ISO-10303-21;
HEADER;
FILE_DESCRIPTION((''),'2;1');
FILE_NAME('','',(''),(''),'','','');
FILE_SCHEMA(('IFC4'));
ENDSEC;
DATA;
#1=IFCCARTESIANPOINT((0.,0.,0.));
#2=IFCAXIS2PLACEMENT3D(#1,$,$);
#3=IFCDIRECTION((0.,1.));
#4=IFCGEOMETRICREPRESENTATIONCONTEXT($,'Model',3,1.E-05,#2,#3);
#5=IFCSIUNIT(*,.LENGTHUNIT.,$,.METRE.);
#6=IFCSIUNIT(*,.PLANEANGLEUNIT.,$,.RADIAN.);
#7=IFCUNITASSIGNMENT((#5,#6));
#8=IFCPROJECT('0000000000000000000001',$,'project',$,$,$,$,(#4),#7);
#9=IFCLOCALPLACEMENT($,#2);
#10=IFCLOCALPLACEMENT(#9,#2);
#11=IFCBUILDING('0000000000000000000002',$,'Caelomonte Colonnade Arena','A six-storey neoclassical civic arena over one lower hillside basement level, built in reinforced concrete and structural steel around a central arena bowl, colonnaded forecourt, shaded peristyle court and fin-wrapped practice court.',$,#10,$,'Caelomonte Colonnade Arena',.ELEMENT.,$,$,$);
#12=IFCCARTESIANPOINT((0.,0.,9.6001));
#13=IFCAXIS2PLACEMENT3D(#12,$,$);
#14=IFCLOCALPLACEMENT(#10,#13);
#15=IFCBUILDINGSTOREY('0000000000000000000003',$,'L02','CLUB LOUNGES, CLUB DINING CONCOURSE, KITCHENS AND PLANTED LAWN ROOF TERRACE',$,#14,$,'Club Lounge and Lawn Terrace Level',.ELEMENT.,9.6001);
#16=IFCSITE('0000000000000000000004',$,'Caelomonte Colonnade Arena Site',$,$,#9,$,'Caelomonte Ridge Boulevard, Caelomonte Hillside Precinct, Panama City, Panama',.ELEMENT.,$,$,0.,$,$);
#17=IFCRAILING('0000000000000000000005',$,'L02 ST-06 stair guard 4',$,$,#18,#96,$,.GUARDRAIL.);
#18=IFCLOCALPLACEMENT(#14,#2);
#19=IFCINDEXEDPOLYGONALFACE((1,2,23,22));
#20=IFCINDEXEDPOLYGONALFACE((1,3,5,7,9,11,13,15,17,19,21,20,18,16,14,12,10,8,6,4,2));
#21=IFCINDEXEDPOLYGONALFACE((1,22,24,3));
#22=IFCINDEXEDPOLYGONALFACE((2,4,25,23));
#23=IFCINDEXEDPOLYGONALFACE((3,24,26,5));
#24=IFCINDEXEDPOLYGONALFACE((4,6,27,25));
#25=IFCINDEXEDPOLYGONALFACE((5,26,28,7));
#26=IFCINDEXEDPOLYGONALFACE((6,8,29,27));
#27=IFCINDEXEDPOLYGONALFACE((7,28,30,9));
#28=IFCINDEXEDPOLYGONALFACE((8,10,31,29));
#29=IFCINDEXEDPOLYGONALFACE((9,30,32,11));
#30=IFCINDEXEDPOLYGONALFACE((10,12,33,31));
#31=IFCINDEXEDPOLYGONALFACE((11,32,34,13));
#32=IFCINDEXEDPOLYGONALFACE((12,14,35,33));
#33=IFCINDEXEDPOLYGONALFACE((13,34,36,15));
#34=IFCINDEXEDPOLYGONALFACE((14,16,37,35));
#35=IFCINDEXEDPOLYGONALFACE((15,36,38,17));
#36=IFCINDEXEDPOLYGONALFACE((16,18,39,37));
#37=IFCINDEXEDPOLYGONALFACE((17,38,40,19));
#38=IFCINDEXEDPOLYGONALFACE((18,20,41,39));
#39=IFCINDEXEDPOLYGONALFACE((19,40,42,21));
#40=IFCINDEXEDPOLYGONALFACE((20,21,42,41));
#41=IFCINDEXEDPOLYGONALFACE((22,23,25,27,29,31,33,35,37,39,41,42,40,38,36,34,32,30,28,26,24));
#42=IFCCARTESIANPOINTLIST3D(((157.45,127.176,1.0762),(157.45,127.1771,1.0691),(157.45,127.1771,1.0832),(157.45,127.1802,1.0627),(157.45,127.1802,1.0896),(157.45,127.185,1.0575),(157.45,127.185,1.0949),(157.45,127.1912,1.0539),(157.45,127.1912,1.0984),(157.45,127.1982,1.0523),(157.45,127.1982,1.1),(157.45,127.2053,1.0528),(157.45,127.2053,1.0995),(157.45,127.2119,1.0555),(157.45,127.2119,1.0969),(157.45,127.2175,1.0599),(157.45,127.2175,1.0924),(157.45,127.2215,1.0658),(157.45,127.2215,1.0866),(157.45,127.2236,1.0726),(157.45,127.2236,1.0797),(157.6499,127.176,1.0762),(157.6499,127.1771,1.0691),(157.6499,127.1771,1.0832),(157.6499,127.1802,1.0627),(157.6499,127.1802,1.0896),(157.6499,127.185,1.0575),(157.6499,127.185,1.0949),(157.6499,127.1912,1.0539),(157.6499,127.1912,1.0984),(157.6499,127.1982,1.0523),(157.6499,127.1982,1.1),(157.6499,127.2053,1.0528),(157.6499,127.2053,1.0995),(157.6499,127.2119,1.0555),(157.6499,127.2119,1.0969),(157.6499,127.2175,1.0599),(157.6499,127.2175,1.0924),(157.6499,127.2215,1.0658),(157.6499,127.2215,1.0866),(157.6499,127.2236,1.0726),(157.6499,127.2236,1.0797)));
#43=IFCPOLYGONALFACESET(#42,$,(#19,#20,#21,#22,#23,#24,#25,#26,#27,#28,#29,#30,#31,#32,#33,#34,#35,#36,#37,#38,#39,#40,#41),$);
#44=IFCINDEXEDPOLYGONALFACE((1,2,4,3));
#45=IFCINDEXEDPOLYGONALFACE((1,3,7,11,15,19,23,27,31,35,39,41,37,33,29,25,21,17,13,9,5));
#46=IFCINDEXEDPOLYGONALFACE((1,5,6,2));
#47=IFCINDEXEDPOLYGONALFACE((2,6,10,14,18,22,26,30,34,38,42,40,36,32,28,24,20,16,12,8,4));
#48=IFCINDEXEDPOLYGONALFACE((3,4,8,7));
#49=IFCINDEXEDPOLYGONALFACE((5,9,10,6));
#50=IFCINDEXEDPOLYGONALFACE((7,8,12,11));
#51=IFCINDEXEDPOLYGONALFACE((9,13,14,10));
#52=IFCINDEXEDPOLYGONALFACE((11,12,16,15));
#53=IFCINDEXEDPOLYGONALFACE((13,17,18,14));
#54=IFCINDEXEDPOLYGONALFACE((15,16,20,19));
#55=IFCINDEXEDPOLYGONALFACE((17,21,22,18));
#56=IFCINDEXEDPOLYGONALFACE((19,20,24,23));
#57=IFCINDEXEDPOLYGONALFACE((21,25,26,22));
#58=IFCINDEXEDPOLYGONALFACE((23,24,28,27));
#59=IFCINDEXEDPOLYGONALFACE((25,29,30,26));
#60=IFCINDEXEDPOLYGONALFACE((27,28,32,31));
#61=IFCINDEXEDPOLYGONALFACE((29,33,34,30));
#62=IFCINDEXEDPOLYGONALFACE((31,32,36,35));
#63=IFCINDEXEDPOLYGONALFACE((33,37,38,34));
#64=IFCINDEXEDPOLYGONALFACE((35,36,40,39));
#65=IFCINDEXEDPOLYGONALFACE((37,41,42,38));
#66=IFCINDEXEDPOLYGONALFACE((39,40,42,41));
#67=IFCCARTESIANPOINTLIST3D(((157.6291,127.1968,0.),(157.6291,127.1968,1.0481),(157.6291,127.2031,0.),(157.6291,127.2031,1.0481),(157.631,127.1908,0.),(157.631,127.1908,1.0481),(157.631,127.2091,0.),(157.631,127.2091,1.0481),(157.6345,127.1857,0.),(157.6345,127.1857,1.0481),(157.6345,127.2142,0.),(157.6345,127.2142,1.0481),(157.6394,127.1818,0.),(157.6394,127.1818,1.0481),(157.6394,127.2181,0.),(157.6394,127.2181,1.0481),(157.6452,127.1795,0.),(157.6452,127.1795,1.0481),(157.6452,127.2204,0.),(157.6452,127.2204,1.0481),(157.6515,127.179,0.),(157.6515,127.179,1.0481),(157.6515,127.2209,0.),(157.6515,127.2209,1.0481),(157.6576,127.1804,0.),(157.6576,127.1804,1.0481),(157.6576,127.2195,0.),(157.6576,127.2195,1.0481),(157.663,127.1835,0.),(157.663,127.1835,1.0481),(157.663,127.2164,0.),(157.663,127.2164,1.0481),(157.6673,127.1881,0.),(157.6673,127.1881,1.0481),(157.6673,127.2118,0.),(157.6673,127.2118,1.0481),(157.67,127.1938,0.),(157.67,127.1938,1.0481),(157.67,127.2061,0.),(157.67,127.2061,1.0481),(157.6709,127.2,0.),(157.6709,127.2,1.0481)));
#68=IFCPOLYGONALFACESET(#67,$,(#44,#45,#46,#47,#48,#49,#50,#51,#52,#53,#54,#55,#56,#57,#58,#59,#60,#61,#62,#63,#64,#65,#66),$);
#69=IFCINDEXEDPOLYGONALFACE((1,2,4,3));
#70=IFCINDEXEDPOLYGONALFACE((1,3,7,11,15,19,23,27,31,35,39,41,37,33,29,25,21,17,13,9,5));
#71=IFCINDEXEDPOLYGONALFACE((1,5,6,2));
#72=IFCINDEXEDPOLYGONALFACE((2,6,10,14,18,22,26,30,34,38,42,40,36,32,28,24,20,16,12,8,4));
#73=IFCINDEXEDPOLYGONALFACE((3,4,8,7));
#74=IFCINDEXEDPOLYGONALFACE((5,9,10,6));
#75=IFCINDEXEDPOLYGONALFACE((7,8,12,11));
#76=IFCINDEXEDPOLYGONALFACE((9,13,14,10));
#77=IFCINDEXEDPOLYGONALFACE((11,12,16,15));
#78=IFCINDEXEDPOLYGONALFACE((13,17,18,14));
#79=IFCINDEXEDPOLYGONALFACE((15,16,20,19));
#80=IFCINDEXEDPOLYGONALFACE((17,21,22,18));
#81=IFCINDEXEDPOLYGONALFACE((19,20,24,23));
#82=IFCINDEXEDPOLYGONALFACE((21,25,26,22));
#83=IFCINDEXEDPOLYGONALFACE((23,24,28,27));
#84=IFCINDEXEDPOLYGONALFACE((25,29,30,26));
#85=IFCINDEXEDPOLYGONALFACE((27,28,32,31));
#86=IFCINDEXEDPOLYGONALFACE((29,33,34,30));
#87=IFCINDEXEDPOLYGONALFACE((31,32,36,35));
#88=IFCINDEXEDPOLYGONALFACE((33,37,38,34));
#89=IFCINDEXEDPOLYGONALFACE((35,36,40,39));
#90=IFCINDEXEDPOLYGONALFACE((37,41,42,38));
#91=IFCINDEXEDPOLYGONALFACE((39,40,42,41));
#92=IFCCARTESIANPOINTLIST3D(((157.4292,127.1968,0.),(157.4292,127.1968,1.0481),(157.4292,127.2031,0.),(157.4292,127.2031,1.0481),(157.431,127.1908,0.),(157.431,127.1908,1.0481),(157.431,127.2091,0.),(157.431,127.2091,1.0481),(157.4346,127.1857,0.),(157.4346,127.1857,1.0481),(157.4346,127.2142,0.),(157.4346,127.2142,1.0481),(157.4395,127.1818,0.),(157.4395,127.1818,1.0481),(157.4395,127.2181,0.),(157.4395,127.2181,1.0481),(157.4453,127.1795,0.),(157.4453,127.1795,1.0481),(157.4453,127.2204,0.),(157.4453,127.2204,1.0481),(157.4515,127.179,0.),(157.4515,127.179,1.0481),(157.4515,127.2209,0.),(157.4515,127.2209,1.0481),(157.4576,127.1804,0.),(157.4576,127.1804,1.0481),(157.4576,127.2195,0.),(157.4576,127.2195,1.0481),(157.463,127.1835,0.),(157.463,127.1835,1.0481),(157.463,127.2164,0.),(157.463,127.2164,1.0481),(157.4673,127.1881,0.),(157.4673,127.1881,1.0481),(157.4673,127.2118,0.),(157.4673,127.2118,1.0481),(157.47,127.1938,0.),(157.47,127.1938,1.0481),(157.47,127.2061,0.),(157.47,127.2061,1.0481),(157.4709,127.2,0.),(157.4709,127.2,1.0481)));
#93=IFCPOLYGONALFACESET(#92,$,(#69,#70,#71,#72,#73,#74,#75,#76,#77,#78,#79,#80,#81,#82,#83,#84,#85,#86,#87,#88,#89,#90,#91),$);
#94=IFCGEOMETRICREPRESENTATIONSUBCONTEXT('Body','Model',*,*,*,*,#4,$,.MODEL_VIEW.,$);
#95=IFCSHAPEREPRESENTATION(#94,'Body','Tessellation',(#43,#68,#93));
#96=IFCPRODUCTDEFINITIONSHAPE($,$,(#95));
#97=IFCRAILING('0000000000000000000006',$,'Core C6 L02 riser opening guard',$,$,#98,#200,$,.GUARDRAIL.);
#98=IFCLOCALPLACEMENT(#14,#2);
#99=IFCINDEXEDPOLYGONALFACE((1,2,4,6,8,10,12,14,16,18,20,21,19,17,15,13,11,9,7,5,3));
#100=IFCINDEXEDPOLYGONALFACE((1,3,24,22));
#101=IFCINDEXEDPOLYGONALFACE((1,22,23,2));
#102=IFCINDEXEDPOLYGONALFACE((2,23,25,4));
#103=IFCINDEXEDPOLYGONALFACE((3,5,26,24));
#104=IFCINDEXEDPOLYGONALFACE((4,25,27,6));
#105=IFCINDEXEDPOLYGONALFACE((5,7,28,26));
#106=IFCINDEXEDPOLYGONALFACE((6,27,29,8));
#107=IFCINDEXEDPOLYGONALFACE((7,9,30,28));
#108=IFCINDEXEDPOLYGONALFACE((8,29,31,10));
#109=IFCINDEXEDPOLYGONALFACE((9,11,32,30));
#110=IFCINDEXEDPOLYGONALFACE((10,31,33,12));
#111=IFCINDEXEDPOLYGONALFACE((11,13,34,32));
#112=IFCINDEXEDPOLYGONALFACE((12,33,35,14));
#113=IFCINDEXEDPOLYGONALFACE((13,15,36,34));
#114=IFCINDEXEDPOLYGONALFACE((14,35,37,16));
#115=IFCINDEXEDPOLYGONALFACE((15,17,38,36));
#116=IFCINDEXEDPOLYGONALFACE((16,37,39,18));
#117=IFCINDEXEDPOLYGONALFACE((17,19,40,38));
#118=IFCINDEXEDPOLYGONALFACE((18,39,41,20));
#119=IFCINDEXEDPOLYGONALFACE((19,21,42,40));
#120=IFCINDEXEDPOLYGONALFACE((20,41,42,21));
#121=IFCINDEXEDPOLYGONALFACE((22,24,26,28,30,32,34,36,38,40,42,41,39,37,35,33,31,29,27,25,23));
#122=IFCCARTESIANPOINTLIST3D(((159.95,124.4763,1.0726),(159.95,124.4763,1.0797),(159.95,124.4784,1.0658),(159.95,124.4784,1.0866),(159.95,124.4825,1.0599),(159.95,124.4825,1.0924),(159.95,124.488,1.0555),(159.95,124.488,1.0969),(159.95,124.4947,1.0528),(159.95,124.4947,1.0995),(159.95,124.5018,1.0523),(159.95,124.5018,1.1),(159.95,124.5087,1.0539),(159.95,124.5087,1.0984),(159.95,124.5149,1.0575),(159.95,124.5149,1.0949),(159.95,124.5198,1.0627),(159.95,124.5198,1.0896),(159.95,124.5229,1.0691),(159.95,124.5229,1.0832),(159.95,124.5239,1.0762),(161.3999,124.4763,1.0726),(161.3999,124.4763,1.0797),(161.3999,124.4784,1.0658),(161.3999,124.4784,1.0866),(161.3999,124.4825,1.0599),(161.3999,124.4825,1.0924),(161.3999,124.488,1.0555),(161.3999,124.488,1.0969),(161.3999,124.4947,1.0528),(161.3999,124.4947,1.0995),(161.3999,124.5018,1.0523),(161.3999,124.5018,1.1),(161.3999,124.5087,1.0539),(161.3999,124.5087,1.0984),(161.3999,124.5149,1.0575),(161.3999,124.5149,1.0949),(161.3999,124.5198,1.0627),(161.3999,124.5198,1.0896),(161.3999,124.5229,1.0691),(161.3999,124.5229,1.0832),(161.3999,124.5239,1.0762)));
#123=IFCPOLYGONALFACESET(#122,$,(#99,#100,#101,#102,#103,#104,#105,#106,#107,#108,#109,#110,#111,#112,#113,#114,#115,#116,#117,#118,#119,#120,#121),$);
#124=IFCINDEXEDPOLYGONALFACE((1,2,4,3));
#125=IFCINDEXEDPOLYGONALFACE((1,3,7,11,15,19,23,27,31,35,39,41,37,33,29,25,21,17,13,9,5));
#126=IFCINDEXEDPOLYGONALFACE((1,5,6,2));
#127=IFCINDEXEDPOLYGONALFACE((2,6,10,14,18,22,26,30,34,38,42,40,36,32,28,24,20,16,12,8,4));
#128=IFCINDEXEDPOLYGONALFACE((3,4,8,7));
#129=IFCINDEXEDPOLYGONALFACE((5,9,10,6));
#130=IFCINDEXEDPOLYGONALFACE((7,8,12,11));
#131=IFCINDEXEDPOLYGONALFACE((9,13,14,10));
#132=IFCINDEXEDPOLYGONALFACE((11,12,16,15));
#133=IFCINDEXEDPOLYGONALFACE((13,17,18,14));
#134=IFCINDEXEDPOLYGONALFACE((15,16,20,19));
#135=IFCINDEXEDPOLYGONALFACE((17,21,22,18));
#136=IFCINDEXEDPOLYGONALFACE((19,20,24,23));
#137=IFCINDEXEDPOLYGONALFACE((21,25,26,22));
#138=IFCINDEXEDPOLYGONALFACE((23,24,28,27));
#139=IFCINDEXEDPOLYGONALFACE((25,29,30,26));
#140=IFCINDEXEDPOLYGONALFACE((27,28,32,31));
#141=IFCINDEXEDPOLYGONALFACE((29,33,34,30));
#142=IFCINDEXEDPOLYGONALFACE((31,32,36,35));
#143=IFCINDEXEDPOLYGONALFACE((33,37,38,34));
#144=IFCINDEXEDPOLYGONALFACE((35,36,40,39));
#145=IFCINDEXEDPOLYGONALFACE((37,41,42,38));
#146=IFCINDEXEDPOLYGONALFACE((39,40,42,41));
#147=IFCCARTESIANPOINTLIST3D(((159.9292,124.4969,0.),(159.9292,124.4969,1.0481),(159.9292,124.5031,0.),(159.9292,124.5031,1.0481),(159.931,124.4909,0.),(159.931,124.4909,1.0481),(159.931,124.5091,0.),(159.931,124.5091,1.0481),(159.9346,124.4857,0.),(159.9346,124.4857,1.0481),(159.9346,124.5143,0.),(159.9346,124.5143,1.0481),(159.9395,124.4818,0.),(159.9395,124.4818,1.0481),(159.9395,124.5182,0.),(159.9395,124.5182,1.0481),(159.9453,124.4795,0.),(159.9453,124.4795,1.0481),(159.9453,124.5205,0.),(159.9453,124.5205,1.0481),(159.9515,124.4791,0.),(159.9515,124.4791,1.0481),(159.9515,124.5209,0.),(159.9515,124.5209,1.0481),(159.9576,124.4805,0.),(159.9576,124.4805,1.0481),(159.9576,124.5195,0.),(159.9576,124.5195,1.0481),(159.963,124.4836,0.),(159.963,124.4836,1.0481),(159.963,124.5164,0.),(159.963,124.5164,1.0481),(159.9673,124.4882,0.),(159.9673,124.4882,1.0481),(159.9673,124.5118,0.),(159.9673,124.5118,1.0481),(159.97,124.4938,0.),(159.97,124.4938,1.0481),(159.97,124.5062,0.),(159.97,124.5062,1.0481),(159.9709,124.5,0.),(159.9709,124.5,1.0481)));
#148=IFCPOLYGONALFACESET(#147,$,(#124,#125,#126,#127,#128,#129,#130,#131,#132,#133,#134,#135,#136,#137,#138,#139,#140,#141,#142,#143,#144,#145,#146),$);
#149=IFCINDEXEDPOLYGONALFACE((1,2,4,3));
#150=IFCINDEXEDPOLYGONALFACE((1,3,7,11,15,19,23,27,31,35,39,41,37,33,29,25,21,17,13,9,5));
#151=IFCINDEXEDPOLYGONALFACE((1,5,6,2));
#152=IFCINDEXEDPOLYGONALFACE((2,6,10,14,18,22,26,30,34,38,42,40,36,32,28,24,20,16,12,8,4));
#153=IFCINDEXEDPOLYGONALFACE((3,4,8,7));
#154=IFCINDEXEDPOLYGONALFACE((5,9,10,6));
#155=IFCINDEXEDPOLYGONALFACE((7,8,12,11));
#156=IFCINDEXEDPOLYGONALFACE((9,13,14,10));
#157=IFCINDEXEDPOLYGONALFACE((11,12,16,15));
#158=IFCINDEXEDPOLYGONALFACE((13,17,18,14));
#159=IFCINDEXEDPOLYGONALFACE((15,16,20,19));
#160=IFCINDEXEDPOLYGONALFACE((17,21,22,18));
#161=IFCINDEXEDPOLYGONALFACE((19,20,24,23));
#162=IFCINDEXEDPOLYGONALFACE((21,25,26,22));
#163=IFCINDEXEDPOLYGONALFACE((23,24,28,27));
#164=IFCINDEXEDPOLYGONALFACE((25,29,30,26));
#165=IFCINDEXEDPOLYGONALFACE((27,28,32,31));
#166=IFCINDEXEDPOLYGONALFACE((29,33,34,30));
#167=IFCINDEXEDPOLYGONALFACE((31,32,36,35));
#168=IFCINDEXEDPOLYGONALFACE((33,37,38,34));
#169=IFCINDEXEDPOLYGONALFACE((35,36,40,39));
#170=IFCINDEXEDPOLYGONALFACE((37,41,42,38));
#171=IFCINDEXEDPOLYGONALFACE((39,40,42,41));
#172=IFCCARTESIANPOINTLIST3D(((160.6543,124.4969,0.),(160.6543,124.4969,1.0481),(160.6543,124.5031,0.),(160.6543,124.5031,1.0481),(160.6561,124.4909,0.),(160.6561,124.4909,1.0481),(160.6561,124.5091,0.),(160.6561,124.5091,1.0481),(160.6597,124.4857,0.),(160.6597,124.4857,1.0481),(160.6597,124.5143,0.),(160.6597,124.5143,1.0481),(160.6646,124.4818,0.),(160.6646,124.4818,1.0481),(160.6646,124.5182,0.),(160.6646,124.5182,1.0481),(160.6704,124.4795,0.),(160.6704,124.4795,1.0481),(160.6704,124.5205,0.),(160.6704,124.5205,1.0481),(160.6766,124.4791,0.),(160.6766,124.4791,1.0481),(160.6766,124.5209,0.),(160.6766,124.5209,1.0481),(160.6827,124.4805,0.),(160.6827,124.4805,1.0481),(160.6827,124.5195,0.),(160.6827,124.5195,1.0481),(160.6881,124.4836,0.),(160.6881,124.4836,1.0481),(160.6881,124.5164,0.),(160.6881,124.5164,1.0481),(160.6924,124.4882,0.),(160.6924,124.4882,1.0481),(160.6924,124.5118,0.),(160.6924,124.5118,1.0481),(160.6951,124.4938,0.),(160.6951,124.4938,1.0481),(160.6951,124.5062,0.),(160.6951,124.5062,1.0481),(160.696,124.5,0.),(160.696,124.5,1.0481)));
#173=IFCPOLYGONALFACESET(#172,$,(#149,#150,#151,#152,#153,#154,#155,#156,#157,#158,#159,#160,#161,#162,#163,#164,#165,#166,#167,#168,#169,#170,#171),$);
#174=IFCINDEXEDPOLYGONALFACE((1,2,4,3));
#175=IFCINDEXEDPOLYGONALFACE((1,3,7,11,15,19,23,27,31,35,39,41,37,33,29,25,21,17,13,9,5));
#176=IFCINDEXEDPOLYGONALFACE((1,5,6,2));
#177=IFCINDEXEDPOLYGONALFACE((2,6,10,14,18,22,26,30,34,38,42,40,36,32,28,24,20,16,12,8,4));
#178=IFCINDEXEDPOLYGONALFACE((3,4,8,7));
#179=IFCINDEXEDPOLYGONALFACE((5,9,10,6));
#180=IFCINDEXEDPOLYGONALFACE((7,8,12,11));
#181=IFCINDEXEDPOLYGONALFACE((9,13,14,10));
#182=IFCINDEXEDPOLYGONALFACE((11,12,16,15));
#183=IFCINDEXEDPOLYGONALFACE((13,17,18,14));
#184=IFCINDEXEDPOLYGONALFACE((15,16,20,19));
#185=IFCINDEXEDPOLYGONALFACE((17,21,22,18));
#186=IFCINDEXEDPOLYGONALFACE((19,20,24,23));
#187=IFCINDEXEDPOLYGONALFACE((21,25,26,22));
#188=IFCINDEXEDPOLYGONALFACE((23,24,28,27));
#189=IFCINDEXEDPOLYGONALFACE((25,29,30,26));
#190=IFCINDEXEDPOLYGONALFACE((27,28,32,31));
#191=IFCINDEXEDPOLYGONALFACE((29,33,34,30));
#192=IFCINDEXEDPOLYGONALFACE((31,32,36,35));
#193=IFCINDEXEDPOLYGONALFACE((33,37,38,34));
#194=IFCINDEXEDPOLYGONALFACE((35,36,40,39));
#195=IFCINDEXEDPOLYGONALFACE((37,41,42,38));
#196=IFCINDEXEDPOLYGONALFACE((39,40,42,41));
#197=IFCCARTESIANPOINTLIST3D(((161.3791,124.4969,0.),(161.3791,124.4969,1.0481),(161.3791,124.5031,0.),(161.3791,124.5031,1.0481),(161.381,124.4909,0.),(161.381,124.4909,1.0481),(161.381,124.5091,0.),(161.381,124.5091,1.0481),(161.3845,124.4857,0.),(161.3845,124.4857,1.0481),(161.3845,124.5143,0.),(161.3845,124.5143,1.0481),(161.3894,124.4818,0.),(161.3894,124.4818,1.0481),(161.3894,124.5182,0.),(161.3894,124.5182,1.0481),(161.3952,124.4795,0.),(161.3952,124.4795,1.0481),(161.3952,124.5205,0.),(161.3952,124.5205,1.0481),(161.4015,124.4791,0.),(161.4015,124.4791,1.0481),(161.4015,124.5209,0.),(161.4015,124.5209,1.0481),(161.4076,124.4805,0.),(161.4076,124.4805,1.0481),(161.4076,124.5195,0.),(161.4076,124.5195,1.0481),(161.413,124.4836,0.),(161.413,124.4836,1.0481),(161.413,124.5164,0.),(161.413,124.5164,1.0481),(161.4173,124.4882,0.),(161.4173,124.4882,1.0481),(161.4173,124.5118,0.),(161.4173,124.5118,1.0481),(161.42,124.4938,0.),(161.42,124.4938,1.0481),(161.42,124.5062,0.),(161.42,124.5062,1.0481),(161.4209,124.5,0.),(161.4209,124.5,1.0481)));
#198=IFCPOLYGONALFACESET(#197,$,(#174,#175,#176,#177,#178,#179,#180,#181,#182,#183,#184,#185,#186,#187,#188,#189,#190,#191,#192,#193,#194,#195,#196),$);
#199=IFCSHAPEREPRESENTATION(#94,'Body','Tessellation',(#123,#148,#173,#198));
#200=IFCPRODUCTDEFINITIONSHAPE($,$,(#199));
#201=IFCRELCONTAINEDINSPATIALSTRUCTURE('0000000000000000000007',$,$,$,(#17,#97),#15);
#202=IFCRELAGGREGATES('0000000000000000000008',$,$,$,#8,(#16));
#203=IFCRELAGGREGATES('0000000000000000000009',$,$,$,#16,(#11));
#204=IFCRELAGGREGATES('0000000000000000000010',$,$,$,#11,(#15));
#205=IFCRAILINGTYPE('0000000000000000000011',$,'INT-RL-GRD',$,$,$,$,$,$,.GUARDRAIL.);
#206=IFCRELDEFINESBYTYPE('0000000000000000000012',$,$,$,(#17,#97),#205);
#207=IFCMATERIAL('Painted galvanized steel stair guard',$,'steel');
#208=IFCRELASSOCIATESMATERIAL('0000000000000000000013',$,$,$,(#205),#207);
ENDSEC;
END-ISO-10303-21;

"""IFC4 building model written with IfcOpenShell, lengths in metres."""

from ifc_helpers import new_model, si_unit, direction, frame, origin, origin_2d, place, context, subcontext, project, spatial, circle, extrude, material, type_object, element, save


model = new_model("IFC4")

# Units and contexts
model_context = context("Model", 3, precision=1e-05, world=origin(), true_north=direction((0.0, 1.0)))
body_context = subcontext(model_context, "Body", "Model", "MODEL_VIEW")
ifc_project = project(units=[si_unit("LENGTHUNIT", "METRE"), si_unit("PLANEANGLEUNIT", "RADIAN")], contexts=[model_context])

# Site, building, storey
site_placement = place(None, origin())
site = spatial("IfcSite", under=ifc_project, at=site_placement, Name="Caelomonte Colonnade Arena Site", LongName="Caelomonte Ridge Boulevard, Caelomonte Hillside Precinct, Panama City, Panama", CompositionType="ELEMENT", RefElevation=0.0)
building_placement = place(site_placement, origin())
building = spatial("IfcBuilding", under=site, at=building_placement, Name="Caelomonte Colonnade Arena", Description="A six-storey neoclassical civic arena over one lower hillside basement level, built in reinforced concrete and structural steel around a central arena bowl, colonnaded forecourt, shaded peristyle court and fin-wrapped practice court.", LongName="Caelomonte Colonnade Arena", CompositionType="ELEMENT")
storey_placement = place(building_placement, frame((0.0, 0.0, 9.6001)))
storey = spatial("IfcBuildingStorey", under=building, at=storey_placement, Name="L02", Description="CLUB LOUNGES, CLUB DINING CONCOURSE, KITCHENS AND PLANTED LAWN ROOF TERRACE", LongName="Club Lounge and Lawn Terrace Level", CompositionType="ELEMENT", Elevation=9.6001)

# Railings
ifc_material_1 = material(Name="Painted galvanized steel stair guard", Category="steel")
railing_type_1 = type_object("IfcRailingType", Name="INT-RL-GRD", PredefinedType="GUARDRAIL", material=ifc_material_1)
railing_1_placement = place(storey_placement, frame((157.6499, 127.2, 0.0)))
element("IfcRailing", 1, at=railing_1_placement, inside=storey, type_object=railing_type_1, Name="L02 ST-06 stair guard 4", PredefinedType="GUARDRAIL", context=body_context, shape_type="SweptSolid", body=[
    extrude(circle(Radius=0.0239, at=origin_2d()), frame((0.0, 0.0, 1.0762), z_axis=(-1.0, 0.0, 0.0), x_axis=(0.0, -1.0, 0.0)), (0.0, 0.0, 1.0), 0.2),
    extrude(circle(Radius=0.021, at=origin_2d()), origin(), (0.0, 0.0, 1.0), 1.0481),
    extrude(circle(Radius=0.021, at=origin_2d()), frame((-0.2, 0.0, 0.0)), (0.0, 0.0, 1.0), 1.0481),
])
railing_2_placement = place(storey_placement, frame((159.95, 124.5, 0.0)))
element("IfcRailing", 2, at=railing_2_placement, inside=storey, type_object=railing_type_1, Name="Core C6 L02 riser opening guard", PredefinedType="GUARDRAIL", context=body_context, shape_type="SweptSolid", body=[
    extrude(circle(Radius=0.0239, at=origin_2d()), frame((0.0, 0.0, 1.0762), z_axis=(1.0, 0.0, 0.0), x_axis=(0.0, 1.0, 0.0)), (0.0, 0.0, 1.0), 1.45),
    extrude(circle(Radius=0.021, at=origin_2d()), origin(), (0.0, 0.0, 1.0), 1.0481),
    extrude(circle(Radius=0.021, at=origin_2d()), frame((0.7251, 0.0, 0.0)), (0.0, 0.0, 1.0), 1.0481),
    extrude(circle(Radius=0.021, at=origin_2d()), frame((1.45, 0.0, 0.0)), (0.0, 0.0, 1.0), 1.0481),
])

save(model, "model.ifc")
